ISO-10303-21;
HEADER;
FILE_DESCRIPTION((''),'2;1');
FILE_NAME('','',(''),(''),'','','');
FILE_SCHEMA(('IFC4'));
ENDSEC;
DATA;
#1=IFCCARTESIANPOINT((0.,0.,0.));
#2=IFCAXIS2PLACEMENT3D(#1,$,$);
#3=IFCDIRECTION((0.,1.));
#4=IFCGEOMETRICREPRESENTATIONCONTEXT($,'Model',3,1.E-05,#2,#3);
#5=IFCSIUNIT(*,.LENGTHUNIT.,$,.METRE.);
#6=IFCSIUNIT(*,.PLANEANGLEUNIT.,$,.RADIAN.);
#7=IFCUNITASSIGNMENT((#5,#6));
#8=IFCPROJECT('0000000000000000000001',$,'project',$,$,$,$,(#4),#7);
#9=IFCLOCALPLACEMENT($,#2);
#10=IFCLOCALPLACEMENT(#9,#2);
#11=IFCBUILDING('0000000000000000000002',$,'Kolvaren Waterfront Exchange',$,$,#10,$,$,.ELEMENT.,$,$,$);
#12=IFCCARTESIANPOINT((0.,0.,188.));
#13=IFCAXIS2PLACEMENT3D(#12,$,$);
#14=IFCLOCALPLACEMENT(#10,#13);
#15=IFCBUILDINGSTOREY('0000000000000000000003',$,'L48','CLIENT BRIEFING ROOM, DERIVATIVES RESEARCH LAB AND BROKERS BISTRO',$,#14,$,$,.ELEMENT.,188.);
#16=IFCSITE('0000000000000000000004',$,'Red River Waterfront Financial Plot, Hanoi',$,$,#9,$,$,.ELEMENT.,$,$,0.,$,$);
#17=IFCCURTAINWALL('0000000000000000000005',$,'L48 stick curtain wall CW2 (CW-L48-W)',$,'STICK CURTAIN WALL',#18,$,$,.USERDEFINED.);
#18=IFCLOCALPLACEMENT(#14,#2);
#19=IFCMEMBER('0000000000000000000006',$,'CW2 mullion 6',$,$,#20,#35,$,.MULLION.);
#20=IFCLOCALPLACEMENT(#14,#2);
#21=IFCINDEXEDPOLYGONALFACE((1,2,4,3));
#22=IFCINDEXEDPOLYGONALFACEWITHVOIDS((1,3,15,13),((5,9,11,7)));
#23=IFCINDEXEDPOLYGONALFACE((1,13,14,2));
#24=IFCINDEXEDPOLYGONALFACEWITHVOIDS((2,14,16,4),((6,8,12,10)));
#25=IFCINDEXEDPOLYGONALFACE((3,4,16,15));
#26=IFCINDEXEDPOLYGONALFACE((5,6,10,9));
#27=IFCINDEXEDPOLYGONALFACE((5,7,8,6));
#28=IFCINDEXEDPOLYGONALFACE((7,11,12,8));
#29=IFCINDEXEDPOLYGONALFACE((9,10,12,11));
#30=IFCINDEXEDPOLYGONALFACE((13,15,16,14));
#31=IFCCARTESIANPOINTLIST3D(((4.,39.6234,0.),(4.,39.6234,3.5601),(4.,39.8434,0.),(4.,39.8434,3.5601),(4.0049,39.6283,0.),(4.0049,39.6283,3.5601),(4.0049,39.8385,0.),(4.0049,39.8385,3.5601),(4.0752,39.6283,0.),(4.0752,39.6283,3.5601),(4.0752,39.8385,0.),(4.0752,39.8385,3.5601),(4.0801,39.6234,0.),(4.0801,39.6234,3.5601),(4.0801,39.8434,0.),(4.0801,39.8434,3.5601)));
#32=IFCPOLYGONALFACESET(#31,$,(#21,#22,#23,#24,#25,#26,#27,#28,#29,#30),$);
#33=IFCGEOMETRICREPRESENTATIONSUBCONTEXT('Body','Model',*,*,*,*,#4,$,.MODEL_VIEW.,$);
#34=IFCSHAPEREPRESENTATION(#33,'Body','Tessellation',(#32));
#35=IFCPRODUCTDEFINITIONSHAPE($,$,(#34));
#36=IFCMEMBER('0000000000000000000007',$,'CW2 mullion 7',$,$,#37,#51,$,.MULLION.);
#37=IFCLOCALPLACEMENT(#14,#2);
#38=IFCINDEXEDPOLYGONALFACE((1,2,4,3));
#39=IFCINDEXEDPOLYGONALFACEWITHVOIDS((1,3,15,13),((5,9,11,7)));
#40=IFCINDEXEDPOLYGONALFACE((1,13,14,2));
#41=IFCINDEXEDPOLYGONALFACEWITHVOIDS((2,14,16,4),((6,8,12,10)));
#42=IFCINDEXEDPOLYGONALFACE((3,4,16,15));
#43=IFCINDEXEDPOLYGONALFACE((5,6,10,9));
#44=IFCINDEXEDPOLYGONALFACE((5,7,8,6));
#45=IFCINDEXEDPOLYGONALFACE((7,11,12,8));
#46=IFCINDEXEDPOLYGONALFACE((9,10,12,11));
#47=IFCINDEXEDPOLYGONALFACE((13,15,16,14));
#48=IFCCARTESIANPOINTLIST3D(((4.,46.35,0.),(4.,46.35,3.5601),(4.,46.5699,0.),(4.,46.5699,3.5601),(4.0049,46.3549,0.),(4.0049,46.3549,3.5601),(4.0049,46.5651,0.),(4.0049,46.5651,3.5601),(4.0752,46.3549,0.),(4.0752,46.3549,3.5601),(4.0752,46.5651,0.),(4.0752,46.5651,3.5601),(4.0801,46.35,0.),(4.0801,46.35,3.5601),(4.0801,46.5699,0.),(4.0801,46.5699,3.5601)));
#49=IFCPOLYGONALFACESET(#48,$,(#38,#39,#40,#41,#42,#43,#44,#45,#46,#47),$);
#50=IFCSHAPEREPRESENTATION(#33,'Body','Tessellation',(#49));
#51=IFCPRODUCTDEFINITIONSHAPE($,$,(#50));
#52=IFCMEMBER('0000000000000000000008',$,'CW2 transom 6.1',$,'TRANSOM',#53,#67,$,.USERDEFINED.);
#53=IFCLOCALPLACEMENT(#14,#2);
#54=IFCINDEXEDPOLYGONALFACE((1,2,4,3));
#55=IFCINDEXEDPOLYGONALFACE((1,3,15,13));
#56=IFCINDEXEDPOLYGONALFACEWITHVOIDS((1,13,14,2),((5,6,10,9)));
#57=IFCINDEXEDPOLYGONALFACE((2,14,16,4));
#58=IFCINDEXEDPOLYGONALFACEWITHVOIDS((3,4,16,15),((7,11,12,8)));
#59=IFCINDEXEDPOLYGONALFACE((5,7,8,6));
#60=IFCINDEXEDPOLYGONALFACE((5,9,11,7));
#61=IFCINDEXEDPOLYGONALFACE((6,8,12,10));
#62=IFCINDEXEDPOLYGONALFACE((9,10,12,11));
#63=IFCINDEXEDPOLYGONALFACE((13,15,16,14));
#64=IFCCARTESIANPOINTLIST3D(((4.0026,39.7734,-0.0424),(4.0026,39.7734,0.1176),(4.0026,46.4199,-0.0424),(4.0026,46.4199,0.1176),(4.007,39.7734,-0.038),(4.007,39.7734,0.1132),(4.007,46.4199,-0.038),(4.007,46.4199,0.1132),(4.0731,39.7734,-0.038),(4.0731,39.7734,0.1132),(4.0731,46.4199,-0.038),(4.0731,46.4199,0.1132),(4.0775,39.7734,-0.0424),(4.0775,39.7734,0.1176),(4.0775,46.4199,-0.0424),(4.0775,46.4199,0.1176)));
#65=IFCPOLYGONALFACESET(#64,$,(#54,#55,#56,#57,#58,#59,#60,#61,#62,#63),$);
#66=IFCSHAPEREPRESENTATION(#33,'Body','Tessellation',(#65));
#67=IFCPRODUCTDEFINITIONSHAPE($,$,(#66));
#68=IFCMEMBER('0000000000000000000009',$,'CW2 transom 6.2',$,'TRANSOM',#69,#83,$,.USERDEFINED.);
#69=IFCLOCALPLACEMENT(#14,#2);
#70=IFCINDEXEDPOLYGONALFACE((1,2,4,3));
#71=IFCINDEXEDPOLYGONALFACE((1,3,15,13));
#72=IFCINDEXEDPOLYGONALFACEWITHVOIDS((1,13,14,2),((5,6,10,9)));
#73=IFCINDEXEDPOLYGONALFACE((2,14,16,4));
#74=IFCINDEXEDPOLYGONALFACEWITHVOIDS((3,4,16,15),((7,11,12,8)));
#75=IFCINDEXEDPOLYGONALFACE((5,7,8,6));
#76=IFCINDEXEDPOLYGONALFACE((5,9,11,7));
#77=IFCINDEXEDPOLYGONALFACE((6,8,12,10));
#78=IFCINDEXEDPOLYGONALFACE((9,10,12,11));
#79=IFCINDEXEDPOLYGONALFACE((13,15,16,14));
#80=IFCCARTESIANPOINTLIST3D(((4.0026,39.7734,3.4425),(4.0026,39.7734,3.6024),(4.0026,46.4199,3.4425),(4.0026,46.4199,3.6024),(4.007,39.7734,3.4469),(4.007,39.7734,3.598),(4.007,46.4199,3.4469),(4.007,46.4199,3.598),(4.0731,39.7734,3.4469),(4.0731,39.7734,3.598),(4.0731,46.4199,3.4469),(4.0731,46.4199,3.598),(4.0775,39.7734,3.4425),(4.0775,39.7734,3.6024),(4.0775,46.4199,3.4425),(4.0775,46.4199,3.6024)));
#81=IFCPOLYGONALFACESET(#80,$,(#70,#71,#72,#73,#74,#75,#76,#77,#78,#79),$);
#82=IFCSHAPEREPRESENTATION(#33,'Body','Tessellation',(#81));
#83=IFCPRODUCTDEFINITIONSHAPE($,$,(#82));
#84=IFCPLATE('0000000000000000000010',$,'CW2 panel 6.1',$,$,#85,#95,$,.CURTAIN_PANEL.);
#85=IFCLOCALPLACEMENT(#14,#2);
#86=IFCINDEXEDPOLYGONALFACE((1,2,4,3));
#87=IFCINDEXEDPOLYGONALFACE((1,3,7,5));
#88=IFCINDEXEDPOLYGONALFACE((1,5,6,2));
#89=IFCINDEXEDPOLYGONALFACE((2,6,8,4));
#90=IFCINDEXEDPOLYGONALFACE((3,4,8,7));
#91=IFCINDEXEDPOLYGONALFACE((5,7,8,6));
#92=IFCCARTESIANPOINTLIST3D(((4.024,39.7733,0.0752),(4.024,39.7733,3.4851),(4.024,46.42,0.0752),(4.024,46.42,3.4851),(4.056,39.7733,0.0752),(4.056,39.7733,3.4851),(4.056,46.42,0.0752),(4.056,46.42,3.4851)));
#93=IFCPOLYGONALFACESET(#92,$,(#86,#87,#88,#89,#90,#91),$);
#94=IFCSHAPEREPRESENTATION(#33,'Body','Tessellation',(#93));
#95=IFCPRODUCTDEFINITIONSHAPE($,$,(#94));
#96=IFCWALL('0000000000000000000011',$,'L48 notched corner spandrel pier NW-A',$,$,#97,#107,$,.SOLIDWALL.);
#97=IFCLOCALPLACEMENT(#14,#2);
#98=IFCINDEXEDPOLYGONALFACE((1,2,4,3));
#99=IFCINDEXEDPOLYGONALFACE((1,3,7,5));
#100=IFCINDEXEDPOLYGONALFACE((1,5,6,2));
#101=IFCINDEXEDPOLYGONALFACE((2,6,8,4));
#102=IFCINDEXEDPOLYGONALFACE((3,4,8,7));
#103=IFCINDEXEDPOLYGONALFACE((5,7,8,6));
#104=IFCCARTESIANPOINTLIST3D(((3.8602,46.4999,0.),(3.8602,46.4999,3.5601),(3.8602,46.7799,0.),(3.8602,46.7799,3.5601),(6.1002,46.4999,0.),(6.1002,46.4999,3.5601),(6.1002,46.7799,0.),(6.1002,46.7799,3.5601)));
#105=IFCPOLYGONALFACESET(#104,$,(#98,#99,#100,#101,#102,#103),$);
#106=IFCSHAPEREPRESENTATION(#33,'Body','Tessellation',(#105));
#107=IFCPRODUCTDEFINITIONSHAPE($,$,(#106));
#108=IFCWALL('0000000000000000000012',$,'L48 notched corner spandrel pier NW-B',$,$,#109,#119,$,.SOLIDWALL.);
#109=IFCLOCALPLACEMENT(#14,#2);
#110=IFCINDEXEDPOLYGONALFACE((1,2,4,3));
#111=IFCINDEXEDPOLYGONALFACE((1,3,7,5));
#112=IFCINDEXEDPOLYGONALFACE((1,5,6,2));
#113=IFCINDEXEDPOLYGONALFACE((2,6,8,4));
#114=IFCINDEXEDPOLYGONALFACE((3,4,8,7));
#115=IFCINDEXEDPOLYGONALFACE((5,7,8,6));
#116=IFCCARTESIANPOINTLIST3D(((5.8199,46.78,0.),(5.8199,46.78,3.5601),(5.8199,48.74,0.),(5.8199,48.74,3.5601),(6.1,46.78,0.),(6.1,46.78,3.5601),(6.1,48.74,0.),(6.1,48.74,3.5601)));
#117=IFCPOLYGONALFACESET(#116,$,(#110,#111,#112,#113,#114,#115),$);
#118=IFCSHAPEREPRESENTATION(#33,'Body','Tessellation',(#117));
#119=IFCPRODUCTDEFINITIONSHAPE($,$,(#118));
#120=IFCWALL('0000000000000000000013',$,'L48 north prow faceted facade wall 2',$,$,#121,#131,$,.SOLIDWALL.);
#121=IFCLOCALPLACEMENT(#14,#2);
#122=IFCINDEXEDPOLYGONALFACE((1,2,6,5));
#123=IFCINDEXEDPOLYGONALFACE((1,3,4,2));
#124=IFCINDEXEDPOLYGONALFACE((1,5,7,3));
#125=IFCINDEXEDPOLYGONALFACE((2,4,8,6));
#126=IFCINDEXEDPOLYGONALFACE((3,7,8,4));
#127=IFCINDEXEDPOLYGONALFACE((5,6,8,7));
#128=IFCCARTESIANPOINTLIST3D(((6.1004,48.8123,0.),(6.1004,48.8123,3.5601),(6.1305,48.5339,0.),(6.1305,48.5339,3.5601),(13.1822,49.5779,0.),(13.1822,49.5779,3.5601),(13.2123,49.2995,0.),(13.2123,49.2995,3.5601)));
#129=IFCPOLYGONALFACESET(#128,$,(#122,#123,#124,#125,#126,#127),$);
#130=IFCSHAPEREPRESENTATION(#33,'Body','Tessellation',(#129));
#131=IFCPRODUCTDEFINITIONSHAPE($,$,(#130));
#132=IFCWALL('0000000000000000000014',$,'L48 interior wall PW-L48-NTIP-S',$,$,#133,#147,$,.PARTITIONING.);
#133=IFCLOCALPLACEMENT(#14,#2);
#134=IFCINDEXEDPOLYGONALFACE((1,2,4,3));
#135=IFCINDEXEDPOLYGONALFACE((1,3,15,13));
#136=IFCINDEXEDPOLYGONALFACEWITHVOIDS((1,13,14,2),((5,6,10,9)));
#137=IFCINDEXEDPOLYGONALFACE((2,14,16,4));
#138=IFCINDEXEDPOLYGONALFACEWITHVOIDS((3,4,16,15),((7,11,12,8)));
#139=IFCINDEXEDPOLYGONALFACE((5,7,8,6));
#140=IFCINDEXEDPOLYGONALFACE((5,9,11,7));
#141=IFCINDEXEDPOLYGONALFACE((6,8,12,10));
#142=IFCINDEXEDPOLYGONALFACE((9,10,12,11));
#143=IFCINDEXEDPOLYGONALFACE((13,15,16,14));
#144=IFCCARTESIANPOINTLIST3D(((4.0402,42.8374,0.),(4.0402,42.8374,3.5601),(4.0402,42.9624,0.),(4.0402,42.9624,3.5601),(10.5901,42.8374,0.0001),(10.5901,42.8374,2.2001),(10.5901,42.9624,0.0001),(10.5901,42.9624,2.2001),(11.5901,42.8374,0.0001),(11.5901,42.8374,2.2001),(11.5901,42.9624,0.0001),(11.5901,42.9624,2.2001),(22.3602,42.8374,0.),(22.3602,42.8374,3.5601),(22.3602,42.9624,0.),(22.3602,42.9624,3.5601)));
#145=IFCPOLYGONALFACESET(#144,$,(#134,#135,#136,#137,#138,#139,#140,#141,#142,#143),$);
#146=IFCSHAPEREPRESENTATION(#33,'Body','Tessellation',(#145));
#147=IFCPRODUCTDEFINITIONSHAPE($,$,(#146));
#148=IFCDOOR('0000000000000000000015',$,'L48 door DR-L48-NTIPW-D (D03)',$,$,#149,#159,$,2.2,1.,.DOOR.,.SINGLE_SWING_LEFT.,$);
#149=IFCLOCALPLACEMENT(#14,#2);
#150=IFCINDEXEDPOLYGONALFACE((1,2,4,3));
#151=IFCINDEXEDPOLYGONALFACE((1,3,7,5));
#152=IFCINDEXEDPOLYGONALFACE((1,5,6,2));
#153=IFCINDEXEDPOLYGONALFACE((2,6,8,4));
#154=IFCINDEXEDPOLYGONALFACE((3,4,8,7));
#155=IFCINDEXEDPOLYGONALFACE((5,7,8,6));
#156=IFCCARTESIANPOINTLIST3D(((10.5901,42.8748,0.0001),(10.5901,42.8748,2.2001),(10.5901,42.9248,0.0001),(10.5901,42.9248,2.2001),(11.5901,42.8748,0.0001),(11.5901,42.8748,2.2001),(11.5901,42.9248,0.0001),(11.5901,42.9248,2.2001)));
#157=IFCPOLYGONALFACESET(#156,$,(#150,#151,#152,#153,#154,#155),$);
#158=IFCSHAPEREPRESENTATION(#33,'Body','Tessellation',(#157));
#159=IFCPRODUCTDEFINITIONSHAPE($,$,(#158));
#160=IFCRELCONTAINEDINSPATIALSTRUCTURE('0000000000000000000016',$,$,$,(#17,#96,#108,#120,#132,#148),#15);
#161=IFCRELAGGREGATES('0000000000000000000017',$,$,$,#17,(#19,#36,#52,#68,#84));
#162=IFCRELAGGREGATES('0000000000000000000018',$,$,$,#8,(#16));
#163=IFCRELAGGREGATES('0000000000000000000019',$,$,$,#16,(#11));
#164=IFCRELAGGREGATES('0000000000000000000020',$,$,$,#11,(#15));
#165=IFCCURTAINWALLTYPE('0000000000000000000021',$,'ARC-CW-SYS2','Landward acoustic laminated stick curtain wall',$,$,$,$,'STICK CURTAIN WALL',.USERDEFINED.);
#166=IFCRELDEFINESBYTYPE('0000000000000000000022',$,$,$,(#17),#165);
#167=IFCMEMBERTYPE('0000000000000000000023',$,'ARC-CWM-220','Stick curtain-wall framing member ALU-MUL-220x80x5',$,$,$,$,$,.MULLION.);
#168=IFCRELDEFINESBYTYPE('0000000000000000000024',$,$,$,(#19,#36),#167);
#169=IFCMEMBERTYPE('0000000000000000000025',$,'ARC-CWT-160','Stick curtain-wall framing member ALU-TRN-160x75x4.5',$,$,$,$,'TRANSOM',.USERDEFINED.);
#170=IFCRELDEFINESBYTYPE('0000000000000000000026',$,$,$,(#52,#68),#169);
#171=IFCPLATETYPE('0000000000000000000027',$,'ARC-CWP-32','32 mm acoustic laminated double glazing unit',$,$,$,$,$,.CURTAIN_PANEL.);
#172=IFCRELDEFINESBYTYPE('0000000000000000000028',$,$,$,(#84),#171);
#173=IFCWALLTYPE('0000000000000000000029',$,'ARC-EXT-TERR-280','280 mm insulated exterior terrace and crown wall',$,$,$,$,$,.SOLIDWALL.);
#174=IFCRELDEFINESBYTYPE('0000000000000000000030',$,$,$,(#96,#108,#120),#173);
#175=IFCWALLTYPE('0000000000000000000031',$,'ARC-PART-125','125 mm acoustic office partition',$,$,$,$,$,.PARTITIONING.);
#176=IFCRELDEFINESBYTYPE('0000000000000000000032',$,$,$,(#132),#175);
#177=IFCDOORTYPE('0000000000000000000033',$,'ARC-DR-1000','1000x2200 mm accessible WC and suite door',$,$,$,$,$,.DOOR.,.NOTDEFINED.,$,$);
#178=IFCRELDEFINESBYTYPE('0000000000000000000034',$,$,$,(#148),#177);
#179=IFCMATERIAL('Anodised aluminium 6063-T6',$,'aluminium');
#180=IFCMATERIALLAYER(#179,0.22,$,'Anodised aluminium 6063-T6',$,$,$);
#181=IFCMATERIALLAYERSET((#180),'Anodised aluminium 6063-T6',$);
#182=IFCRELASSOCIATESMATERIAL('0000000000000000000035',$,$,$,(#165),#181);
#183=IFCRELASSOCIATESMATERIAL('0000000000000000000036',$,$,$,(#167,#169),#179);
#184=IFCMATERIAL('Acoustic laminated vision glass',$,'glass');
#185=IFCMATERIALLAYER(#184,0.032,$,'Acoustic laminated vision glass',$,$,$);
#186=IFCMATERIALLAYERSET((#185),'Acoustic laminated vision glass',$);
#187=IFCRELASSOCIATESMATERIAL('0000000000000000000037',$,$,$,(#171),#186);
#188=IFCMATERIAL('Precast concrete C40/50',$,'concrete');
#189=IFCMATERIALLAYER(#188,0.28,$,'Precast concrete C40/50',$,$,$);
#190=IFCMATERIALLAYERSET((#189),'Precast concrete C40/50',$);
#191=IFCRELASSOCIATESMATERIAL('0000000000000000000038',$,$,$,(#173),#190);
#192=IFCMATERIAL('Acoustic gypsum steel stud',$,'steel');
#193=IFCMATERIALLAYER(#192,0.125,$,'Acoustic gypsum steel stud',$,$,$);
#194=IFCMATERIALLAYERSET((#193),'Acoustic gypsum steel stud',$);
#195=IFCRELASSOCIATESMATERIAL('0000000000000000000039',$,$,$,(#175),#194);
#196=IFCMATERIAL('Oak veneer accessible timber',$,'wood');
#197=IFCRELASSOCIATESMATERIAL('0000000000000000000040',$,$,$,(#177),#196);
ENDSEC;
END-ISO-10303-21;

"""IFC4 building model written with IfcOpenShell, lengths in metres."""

from ifc_helpers import new_model, si_unit, direction, frame, frame_2d, origin, origin_with_axes, origin_2d, place, context, subcontext, project, spatial, rectangle, hollow_rectangle, extrude, source, transform, mapped, material, layer, layer_set, material_profile, profile_set, type_object, element, fill, aggregate, save


model = new_model("IFC4")

# Units and contexts
model_context = context("Model", 3, precision=1e-05, world=origin(), true_north=direction((0.0, 1.0)))
body_context = subcontext(model_context, "Body", "Model", "MODEL_VIEW")
ifc_project = project(units=[si_unit("LENGTHUNIT", "METRE"), si_unit("PLANEANGLEUNIT", "RADIAN")], contexts=[model_context])

# Site, building, storey
site_placement = place(None, origin())
site = spatial("IfcSite", under=ifc_project, at=site_placement, Name="Red River Waterfront Financial Plot, Hanoi", CompositionType="ELEMENT", RefElevation=0.0)
building_placement = place(site_placement, origin())
building = spatial("IfcBuilding", under=site, at=building_placement, Name="Kolvaren Waterfront Exchange", CompositionType="ELEMENT")
storey_placement = place(building_placement, frame((0.0, 0.0, 188.0)))
storey = spatial("IfcBuildingStorey", under=building, at=storey_placement, Name="L48", Description="CLIENT BRIEFING ROOM, DERIVATIVES RESEARCH LAB AND BROKERS BISTRO", CompositionType="ELEMENT", Elevation=188.0)

# Curtain wall, members, plate
ifc_material_1 = material(Name="Anodised aluminium 6063-T6", Category="aluminium")
ifc_layer_1 = layer(ifc_material_1, 0.22, Name="Anodised aluminium 6063-T6")
ifc_layer_set_1 = layer_set([ifc_layer_1], Name="Anodised aluminium 6063-T6")
curtain_wall_type = type_object("IfcCurtainWallType", Name="ARC-CW-SYS2", Description="Landward acoustic laminated stick curtain wall", ElementType="STICK CURTAIN WALL", PredefinedType="USERDEFINED", material=ifc_layer_set_1)
curtain_wall_placement = place(storey_placement, origin())
curtain_wall = element("IfcCurtainWall", 1, at=curtain_wall_placement, inside=storey, type_object=curtain_wall_type, Name="L48 stick curtain wall CW2 (CW-L48-W)", ObjectType="STICK CURTAIN WALL", PredefinedType="USERDEFINED")
ifc_material_profile_1 = material_profile(ifc_material_1, hollow_rectangle(XDim=0.0801, YDim=0.22, WallThickness=0.0049, at=origin_2d()), Name="ALU-MUL-220x80x5")
ifc_profile_set_1 = profile_set([ifc_material_profile_1], Name="Anodised aluminium 6063-T6")
member_type_1 = type_object("IfcMemberType", Name="ARC-CWM-220", Description="Stick curtain-wall framing member ALU-MUL-220x80x5", PredefinedType="MULLION", material=ifc_profile_set_1)
shared_shape_1 = source(origin_with_axes(), body_context, "Body", "SweptSolid", [
    extrude(hollow_rectangle(XDim=0.0801, YDim=0.22, WallThickness=0.0049, at=origin_2d()), origin(), (0.0, 0.0, 1.0), 3.5601),
])
member_1_placement = place(storey_placement, frame((4.04, 39.7334, 0.0), z_axis=(0.0, 0.0, 1.0), x_axis=(-1.0, 0.0, 0.0)))
member_1 = element("IfcMember", 2, at=member_1_placement, type_object=member_type_1, Name="CW2 mullion 6", PredefinedType="MULLION", context=body_context, shape_type="MappedRepresentation", body=[
    mapped(shared_shape_1, transform((0.0, 0.0, 0.0), x_axis=(1.0, 0.0, 0.0), y_axis=(0.0, 1.0, 0.0), z_axis=(0.0, 0.0, 1.0), scale=1.0)),
])
member_2_placement = place(storey_placement, frame((4.04, 46.46, 0.0), z_axis=(0.0, 0.0, 1.0), x_axis=(-1.0, 0.0, 0.0)))
member_2 = element("IfcMember", 3, at=member_2_placement, type_object=member_type_1, Name="CW2 mullion 7", PredefinedType="MULLION", context=body_context, shape_type="MappedRepresentation", body=[
    mapped(shared_shape_1, transform((0.0, 0.0, 0.0), x_axis=(1.0, 0.0, 0.0), y_axis=(0.0, 1.0, 0.0), z_axis=(0.0, 0.0, 1.0), scale=1.0)),
])
ifc_material_profile_2 = material_profile(ifc_material_1, hollow_rectangle(XDim=0.075, YDim=0.1599, WallThickness=0.0044, at=origin_2d()), Name="ALU-TRN-160x75x4.5")
ifc_profile_set_2 = profile_set([ifc_material_profile_2], Name="Anodised aluminium 6063-T6")
member_type_2 = type_object("IfcMemberType", Name="ARC-CWT-160", Description="Stick curtain-wall framing member ALU-TRN-160x75x4.5", ElementType="TRANSOM", PredefinedType="USERDEFINED", material=ifc_profile_set_2)
shared_shape_2 = source(origin_with_axes(), body_context, "Body", "SweptSolid", [
    extrude(hollow_rectangle(XDim=0.075, YDim=0.1599, WallThickness=0.0044, at=origin_2d()), origin(), (0.0, 0.0, 1.0), 6.6465),
])
member_3_placement = place(storey_placement, frame((4.04, 39.7734, 0.0376), z_axis=(0.0, 1.0, 0.0), x_axis=(-1.0, 0.0, 0.0)))
member_3 = element("IfcMember", 4, at=member_3_placement, type_object=member_type_2, Name="CW2 transom 6.1", ObjectType="TRANSOM", PredefinedType="USERDEFINED", context=body_context, shape_type="MappedRepresentation", body=[
    mapped(shared_shape_2, transform((0.0, 0.0, 0.0), x_axis=(1.0, 0.0, 0.0), y_axis=(0.0, 1.0, 0.0), z_axis=(0.0, 0.0, 1.0), scale=1.0)),
])
member_4_placement = place(storey_placement, frame((4.04, 39.7734, 3.5225), z_axis=(0.0, 1.0, 0.0), x_axis=(-1.0, 0.0, 0.0)))
member_4 = element("IfcMember", 5, at=member_4_placement, type_object=member_type_2, Name="CW2 transom 6.2", ObjectType="TRANSOM", PredefinedType="USERDEFINED", context=body_context, shape_type="MappedRepresentation", body=[
    mapped(shared_shape_2, transform((0.0, 0.0, 0.0), x_axis=(1.0, 0.0, 0.0), y_axis=(0.0, 1.0, 0.0), z_axis=(0.0, 0.0, 1.0), scale=1.0)),
])
ifc_material_2 = material(Name="Acoustic laminated vision glass", Category="glass")
ifc_layer_2 = layer(ifc_material_2, 0.032, Name="Acoustic laminated vision glass")
ifc_layer_set_2 = layer_set([ifc_layer_2], Name="Acoustic laminated vision glass")
plate_type = type_object("IfcPlateType", Name="ARC-CWP-32", Description="32 mm acoustic laminated double glazing unit", PredefinedType="CURTAIN_PANEL", material=ifc_layer_set_2)
shared_shape_3 = source(origin_with_axes(), body_context, "Body", "SweptSolid", [
    extrude(rectangle(XDim=6.6467, YDim=0.032, at=origin_2d()), origin(), (0.0, 0.0, 1.0), 3.4099),
])
plate_placement = place(storey_placement, frame((4.04, 43.0967, 0.0752), z_axis=(0.0, 0.0, 1.0), x_axis=(0.0, 1.0, 0.0)))
plate = element("IfcPlate", 6, at=plate_placement, type_object=plate_type, Name="CW2 panel 6.1", PredefinedType="CURTAIN_PANEL", context=body_context, shape_type="MappedRepresentation", body=[
    mapped(shared_shape_3, transform((0.0, 0.0, 0.0), x_axis=(1.0, 0.0, 0.0), y_axis=(0.0, 1.0, 0.0), z_axis=(0.0, 0.0, 1.0), scale=1.0)),
])
aggregate(curtain_wall, [member_1, member_2, member_3, member_4, plate])

# Walls
ifc_material_3 = material(Name="Precast concrete C40/50", Category="concrete")
ifc_layer_3 = layer(ifc_material_3, 0.28, Name="Precast concrete C40/50")
ifc_layer_set_3 = layer_set([ifc_layer_3], Name="Precast concrete C40/50")
wall_type_1 = type_object("IfcWallType", Name="ARC-EXT-TERR-280", Description="280 mm insulated exterior terrace and crown wall", PredefinedType="SOLIDWALL", material=ifc_layer_set_3)
wall_1_placement = place(storey_placement, frame((3.8601, 46.6399, 0.0), z_axis=(0.0, 0.0, 1.0), x_axis=(1.0, 0.0, 0.0)))
element("IfcWall", 7, at=wall_1_placement, inside=storey, type_object=wall_type_1, Name="L48 notched corner spandrel pier NW-A", PredefinedType="SOLIDWALL", context=body_context, shape_type="SweptSolid", body=[
    extrude(rectangle(XDim=2.24, YDim=0.28, at=frame_2d((1.1201, 0.0))), origin(), (0.0, 0.0, 1.0), 3.5601),
])
wall_2_placement = place(storey_placement, frame((5.96, 46.78, 0.0), z_axis=(0.0, 0.0, 1.0), x_axis=(0.0, 1.0, 0.0)))
element("IfcWall", 8, at=wall_2_placement, inside=storey, type_object=wall_type_1, Name="L48 notched corner spandrel pier NW-B", PredefinedType="SOLIDWALL", context=body_context, shape_type="SweptSolid", body=[
    extrude(rectangle(XDim=1.96, YDim=0.28, at=frame_2d((0.98, 0.0))), origin(), (0.0, 0.0, 1.0), 3.5601),
])
wall_3_placement = place(storey_placement, frame((13.1973, 49.4387, 0.0), z_axis=(0.0, 0.0, 1.0), x_axis=(-0.994207, -0.107486, 0.0)))
element("IfcWall", 9, at=wall_3_placement, inside=storey, type_object=wall_type_1, Name="L48 north prow faceted facade wall 2", PredefinedType="SOLIDWALL", context=body_context, shape_type="SweptSolid", body=[
    extrude(rectangle(XDim=7.123, YDim=0.28, at=frame_2d((3.5615, 0.0))), origin(), (0.0, 0.0, 1.0), 3.5601),
])

# Wall, opening, door
ifc_material_4 = material(Name="Acoustic gypsum steel stud", Category="steel")
ifc_layer_4 = layer(ifc_material_4, 0.125, Name="Acoustic gypsum steel stud")
ifc_layer_set_4 = layer_set([ifc_layer_4], Name="Acoustic gypsum steel stud")
wall_type_2 = type_object("IfcWallType", Name="ARC-PART-125", Description="125 mm acoustic office partition", PredefinedType="PARTITIONING", material=ifc_layer_set_4)
wall_4_placement = place(storey_placement, frame((4.04, 42.8999, 0.0), z_axis=(0.0, 0.0, 1.0), x_axis=(1.0, 0.0, 0.0)))
wall_4 = element("IfcWall", 10, at=wall_4_placement, inside=storey, type_object=wall_type_2, Name="L48 interior wall PW-L48-NTIP-S", PredefinedType="PARTITIONING", context=body_context, shape_type="SweptSolid", body=[
    extrude(rectangle(XDim=18.3201, YDim=0.125, at=frame_2d((9.1602, 0.0))), origin(), (0.0, 0.0, 1.0), 3.5601),
])
opening_1_placement = place(wall_4_placement, frame((6.55, 0.0, 0.0)))
opening_1 = element("IfcOpeningElement", 11, at=opening_1_placement, cuts=wall_4, PredefinedType="OPENING", context=body_context, shape_type="SweptSolid", body=[
    extrude(rectangle(XDim=1.0, YDim=2.2, at=frame_2d((0.5, 1.1001))), frame((0.0, 0.0725, 0.0), z_axis=(0.0, -1.0, 0.0), x_axis=(1.0, 0.0, 0.0)), (0.0, 0.0, 1.0), 0.145),
])
ifc_material_5 = material(Name="Oak veneer accessible timber", Category="wood")
door_type_1 = type_object("IfcDoorType", Name="ARC-DR-1000", Description="1000x2200 mm accessible WC and suite door", OperationType="NOTDEFINED", PredefinedType="DOOR", material=ifc_material_5)
door_1_placement = place(opening_1_placement, origin())
door_1 = element("IfcDoor", 12, at=door_1_placement, inside=storey, type_object=door_type_1, Name="L48 door DR-L48-NTIPW-D (D03)", OperationType="SINGLE_SWING_LEFT", OverallHeight=2.2, OverallWidth=1.0, PredefinedType="DOOR", context=body_context, shape_type="SweptSolid", body=[
    extrude(rectangle(XDim=1.0, YDim=2.2, at=frame_2d((0.5, 1.1001))), frame((0.0, 0.0249, 0.0), z_axis=(0.0, -1.0, 0.0), x_axis=(1.0, 0.0, 0.0)), (0.0, 0.0, 1.0), 0.05),
])
fill(opening_1, door_1)

save(model, "model.ifc")
